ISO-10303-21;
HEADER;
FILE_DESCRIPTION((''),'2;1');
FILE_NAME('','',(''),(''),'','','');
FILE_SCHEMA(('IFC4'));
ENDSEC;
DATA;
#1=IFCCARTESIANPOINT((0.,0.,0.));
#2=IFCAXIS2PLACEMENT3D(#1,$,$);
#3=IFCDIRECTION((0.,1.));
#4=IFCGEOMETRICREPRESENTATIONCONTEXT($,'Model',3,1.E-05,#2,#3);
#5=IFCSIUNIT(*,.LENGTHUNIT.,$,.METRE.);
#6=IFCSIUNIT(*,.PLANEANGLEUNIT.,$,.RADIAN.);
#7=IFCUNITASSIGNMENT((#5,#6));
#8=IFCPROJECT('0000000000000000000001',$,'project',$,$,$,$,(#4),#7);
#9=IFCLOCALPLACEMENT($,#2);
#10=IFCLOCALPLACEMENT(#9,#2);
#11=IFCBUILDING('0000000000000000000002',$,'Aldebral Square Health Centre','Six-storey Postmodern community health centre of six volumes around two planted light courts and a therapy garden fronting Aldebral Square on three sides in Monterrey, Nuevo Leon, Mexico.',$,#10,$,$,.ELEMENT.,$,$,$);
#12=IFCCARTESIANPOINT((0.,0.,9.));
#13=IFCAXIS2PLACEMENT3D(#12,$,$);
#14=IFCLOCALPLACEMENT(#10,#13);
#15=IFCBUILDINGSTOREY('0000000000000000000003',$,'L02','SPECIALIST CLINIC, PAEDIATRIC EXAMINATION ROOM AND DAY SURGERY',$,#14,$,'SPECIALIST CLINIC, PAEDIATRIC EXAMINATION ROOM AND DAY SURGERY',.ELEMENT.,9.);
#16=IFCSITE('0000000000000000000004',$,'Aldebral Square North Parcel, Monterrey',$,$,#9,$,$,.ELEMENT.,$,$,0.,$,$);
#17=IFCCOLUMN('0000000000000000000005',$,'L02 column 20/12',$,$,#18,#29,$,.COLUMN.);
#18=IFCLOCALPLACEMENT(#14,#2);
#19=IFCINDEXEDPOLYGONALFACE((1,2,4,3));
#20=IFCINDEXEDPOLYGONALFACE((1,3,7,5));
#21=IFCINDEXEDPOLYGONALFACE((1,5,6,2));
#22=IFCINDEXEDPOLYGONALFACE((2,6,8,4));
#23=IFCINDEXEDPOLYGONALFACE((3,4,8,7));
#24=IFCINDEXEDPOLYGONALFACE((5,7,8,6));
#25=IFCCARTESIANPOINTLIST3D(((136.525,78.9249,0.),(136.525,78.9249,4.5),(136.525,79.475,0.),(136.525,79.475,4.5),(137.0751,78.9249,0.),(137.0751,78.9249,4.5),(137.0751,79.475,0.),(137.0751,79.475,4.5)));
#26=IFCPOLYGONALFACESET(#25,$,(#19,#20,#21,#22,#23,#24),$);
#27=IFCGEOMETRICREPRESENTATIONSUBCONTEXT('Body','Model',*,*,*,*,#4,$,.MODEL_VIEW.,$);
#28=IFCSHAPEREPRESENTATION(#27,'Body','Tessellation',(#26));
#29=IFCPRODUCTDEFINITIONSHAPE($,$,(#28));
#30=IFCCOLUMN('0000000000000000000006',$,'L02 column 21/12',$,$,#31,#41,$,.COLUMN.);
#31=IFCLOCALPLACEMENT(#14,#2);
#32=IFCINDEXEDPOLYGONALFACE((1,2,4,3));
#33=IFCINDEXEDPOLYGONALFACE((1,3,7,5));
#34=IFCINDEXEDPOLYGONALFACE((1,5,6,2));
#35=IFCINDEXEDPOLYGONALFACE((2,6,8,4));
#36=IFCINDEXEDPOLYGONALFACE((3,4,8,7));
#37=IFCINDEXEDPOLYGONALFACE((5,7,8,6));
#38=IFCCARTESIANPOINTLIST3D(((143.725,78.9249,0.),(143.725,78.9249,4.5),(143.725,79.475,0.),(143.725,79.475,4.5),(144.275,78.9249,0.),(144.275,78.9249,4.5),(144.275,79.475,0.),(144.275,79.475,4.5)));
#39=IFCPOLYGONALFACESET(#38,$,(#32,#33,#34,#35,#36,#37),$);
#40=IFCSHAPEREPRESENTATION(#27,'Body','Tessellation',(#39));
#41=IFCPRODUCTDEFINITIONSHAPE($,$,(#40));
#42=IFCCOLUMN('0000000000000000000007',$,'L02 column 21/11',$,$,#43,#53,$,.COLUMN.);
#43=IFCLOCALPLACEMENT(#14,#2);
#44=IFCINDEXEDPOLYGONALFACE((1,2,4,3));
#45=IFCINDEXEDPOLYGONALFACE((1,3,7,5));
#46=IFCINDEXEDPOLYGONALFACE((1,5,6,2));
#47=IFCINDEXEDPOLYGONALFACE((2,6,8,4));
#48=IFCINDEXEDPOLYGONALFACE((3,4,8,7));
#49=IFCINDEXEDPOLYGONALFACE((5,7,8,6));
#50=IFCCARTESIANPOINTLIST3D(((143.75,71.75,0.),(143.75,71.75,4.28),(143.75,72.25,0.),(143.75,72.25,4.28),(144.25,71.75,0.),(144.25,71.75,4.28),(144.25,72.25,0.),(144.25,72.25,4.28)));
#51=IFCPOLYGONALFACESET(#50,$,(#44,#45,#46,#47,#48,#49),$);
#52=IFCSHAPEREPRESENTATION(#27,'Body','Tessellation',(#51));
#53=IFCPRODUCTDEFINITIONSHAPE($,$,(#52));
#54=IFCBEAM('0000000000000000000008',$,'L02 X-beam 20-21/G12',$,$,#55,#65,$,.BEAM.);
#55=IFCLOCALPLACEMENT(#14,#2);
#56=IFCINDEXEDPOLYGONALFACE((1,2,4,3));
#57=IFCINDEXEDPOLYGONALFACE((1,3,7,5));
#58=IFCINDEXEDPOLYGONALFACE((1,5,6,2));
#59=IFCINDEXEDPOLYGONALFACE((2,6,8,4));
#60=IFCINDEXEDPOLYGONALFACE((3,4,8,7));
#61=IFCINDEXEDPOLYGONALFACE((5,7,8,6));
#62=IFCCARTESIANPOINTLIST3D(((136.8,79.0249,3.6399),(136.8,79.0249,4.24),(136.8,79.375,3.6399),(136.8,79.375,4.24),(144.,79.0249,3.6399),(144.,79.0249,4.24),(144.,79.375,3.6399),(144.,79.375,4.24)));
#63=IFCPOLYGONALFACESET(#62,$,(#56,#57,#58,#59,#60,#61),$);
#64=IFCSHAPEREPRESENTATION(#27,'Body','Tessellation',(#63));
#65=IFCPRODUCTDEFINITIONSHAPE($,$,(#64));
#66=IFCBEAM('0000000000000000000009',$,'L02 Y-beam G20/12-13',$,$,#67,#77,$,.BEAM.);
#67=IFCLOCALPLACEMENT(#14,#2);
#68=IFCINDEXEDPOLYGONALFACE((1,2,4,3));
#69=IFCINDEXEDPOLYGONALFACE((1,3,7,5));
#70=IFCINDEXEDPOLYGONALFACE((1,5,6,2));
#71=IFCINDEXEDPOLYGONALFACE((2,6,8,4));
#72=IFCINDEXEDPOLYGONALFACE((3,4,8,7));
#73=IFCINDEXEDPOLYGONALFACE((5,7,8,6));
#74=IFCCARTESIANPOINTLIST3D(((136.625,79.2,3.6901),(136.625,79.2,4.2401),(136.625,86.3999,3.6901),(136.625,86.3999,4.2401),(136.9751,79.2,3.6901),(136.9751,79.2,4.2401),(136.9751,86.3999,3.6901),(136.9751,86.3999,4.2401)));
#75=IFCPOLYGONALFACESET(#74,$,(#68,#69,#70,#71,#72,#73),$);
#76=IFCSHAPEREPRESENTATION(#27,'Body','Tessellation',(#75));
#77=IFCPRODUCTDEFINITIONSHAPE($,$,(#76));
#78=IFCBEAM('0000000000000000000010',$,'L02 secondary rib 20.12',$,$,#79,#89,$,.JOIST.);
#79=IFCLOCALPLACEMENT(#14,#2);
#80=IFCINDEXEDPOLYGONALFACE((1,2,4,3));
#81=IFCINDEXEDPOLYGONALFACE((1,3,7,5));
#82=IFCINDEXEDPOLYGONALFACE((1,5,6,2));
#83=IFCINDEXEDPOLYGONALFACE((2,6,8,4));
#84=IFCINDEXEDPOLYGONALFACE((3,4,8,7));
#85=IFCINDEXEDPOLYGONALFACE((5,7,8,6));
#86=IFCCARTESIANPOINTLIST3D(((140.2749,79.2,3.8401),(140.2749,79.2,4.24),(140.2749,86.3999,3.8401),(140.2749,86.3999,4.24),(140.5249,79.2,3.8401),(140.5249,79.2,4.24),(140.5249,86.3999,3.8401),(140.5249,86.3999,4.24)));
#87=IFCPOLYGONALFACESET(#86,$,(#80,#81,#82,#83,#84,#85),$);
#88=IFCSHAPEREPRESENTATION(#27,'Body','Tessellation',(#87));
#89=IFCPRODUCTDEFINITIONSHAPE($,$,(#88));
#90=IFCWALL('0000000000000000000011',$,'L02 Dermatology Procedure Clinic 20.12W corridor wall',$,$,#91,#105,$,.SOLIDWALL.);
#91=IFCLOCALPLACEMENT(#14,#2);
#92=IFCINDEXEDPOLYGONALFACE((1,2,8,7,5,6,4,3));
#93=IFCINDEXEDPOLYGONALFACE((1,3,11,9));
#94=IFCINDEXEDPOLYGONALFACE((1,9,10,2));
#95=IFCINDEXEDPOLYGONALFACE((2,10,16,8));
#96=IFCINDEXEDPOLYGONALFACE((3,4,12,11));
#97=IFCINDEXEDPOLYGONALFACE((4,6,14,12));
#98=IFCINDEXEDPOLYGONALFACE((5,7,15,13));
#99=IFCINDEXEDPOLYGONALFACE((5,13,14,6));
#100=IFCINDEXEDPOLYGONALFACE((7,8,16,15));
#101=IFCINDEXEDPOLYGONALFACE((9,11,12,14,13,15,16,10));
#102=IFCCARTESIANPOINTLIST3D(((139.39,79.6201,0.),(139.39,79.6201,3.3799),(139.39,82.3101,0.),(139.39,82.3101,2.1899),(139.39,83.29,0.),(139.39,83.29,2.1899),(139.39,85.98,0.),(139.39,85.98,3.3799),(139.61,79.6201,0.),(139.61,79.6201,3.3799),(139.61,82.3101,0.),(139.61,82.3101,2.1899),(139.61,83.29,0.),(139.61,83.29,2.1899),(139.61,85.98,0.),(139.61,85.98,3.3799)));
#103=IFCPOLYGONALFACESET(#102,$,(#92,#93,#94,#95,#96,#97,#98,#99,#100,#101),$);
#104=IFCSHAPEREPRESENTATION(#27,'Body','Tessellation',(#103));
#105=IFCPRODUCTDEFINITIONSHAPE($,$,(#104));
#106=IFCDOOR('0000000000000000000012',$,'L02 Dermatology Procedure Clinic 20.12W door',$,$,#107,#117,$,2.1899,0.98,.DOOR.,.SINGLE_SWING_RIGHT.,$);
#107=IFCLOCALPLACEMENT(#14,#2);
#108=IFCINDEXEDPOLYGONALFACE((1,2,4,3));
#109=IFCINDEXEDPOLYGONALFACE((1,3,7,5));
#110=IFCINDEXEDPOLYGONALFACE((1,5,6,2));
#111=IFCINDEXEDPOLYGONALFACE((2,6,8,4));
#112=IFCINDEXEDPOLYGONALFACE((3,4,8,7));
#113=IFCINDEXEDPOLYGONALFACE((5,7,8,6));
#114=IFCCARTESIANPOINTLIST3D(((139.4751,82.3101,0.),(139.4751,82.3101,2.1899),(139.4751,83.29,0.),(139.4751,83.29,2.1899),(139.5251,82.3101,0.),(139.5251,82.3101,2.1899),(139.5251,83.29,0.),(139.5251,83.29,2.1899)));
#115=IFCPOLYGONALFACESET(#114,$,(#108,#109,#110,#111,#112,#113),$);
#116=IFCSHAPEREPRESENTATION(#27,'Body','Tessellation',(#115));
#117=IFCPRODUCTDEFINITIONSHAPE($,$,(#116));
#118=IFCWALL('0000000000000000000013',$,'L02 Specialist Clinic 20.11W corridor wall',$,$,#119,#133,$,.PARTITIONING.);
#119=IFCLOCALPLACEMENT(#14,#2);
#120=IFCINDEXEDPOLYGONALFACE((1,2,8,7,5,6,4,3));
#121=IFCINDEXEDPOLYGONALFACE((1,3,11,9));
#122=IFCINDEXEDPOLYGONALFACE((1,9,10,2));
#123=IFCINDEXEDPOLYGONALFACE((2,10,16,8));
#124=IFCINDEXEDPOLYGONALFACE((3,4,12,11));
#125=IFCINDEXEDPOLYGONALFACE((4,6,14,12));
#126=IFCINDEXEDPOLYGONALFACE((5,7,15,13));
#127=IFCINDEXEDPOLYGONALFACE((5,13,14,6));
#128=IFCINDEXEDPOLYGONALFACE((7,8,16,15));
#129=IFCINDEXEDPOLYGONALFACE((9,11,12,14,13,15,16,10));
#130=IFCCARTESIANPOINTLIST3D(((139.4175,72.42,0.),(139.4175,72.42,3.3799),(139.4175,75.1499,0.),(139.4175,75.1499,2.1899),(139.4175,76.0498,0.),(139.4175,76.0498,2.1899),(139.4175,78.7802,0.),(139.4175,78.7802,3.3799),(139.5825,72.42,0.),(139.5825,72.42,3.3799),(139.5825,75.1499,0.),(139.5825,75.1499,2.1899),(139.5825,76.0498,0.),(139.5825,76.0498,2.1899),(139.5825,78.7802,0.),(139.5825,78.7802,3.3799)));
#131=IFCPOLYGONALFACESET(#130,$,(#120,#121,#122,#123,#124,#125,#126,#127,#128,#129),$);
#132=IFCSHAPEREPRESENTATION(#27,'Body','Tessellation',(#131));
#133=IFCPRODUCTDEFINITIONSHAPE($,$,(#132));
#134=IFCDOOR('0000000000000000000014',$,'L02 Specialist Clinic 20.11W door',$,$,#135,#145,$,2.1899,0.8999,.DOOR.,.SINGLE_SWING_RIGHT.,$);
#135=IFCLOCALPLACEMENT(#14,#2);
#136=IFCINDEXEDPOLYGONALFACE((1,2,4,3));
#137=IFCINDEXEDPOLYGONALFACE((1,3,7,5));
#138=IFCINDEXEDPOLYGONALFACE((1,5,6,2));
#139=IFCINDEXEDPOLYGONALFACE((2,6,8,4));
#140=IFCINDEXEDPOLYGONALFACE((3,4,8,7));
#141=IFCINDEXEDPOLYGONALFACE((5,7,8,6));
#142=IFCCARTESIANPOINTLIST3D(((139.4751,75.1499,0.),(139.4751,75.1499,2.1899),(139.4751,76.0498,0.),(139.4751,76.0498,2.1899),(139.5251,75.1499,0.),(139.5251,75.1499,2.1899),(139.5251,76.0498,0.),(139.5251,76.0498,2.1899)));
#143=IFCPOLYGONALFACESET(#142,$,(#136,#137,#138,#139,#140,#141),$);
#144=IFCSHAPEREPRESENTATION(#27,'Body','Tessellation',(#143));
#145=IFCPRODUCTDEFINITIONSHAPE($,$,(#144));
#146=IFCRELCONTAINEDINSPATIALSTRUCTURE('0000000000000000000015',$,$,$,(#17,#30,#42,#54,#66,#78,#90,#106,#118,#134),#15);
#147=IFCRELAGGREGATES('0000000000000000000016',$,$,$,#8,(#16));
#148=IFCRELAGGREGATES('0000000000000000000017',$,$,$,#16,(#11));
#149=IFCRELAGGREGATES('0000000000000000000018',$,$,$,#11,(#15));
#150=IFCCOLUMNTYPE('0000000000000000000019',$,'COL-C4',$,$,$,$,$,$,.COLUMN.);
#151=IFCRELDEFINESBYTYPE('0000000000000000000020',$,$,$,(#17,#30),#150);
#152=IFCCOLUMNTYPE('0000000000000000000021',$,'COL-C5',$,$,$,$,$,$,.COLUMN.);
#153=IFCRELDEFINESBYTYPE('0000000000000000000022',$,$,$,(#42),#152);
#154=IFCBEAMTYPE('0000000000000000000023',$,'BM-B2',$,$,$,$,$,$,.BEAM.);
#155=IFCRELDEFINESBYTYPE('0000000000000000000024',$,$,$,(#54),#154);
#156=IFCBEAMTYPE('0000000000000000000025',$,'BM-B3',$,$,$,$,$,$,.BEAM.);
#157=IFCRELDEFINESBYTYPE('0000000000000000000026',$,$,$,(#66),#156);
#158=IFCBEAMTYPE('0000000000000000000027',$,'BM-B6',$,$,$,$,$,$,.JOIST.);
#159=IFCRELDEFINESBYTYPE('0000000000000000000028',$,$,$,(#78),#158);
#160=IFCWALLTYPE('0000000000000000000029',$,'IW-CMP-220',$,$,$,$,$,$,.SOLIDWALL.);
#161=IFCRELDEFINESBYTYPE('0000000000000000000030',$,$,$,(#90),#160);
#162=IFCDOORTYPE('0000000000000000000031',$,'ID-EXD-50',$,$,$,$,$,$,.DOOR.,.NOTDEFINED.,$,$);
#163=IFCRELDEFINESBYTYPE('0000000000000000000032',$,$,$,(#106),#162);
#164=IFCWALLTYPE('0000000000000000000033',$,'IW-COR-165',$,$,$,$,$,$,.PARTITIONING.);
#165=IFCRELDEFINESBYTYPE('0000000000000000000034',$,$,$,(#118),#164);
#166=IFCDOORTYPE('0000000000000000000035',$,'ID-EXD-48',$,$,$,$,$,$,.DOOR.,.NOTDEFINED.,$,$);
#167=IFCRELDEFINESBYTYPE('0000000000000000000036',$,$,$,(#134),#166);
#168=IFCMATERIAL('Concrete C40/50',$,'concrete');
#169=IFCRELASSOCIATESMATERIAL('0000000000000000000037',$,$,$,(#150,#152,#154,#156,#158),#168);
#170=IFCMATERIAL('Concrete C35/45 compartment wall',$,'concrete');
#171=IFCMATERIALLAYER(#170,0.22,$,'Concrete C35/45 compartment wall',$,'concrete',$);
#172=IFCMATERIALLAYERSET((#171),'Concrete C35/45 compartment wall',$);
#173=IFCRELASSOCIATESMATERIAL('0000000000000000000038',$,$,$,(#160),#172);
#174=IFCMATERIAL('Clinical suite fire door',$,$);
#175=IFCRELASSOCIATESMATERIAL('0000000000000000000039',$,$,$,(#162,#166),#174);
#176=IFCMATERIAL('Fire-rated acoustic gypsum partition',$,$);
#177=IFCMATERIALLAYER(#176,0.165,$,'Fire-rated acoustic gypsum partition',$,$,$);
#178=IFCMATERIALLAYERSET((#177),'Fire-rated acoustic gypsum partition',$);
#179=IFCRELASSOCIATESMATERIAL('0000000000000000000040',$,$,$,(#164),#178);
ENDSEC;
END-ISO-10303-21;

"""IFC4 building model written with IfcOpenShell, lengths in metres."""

from ifc_helpers import new_model, si_unit, direction, frame, frame_2d, origin, origin_2d, place, context, subcontext, project, spatial, rectangle, extrude, material, layer, layer_set, material_profile, profile_set, type_object, element, fill, save


model = new_model("IFC4")

# Units and contexts
model_context = context("Model", 3, precision=1e-05, world=origin(), true_north=direction((0.0, 1.0)))
body_context = subcontext(model_context, "Body", "Model", "MODEL_VIEW")
ifc_project = project(units=[si_unit("LENGTHUNIT", "METRE"), si_unit("PLANEANGLEUNIT", "RADIAN")], contexts=[model_context])

# Site, building, storey
site_placement = place(None, origin())
site = spatial("IfcSite", under=ifc_project, at=site_placement, Name="Aldebral Square North Parcel, Monterrey", CompositionType="ELEMENT", RefElevation=0.0)
building_placement = place(site_placement, origin())
building = spatial("IfcBuilding", under=site, at=building_placement, Name="Aldebral Square Health Centre", Description="Six-storey Postmodern community health centre of six volumes around two planted light courts and a therapy garden fronting Aldebral Square on three sides in Monterrey, Nuevo Leon, Mexico.", CompositionType="ELEMENT")
storey_placement = place(building_placement, frame((0.0, 0.0, 9.0)))
storey = spatial("IfcBuildingStorey", under=building, at=storey_placement, Name="L02", Description="SPECIALIST CLINIC, PAEDIATRIC EXAMINATION ROOM AND DAY SURGERY", LongName="SPECIALIST CLINIC, PAEDIATRIC EXAMINATION ROOM AND DAY SURGERY", CompositionType="ELEMENT", Elevation=9.0)

# Columns
ifc_material_1 = material(Name="Concrete C40/50", Category="concrete")
ifc_material_profile_1 = material_profile(ifc_material_1, rectangle(XDim=0.55, YDim=0.55, at=origin_2d()), Name="RC 550x550")
ifc_profile_set_1 = profile_set([ifc_material_profile_1], Name="Concrete C40/50")
column_type_1 = type_object("IfcColumnType", Name="COL-C4", PredefinedType="COLUMN", material=ifc_profile_set_1)
for number, where, z_axis, x_axis, name in (
    (1, (136.8, 79.2, 0.0), (0.0, 0.0, 1.0), (1.0, 0.0, 0.0), "L02 column 20/12"),
    (2, (144.0, 79.2, 0.0), (0.0, 0.0, 1.0), (1.0, 0.0, 0.0), "L02 column 21/12"),
):
    element("IfcColumn", number, at=place(storey_placement, frame(where, z_axis=z_axis, x_axis=x_axis)), inside=storey, type_object=column_type_1, Name=name, PredefinedType="COLUMN", context=body_context, shape_type="SweptSolid", body=[
        extrude(rectangle(XDim=0.55, YDim=0.55, at=origin_2d()), origin(), (0.0, 0.0, 1.0), 4.5),
    ])
ifc_material_profile_2 = material_profile(ifc_material_1, rectangle(XDim=0.5, YDim=0.5, at=origin_2d()), Name="RC 500x500")
ifc_profile_set_2 = profile_set([ifc_material_profile_2], Name="Concrete C40/50")
column_type_2 = type_object("IfcColumnType", Name="COL-C5", PredefinedType="COLUMN", material=ifc_profile_set_2)
column_placement = place(storey_placement, frame((144.0, 72.0, 0.0), z_axis=(0.0, 0.0, 1.0), x_axis=(1.0, 0.0, 0.0)))
element("IfcColumn", 3, at=column_placement, inside=storey, type_object=column_type_2, Name="L02 column 21/11", PredefinedType="COLUMN", context=body_context, shape_type="SweptSolid", body=[
    extrude(rectangle(XDim=0.5, YDim=0.5, at=origin_2d()), origin(), (0.0, 0.0, 1.0), 4.28),
])

# Beams
ifc_material_profile_3 = material_profile(ifc_material_1, rectangle(XDim=0.3501, YDim=0.6001, at=origin_2d()), Name="RC 350x600")
ifc_profile_set_3 = profile_set([ifc_material_profile_3], Name="Concrete C40/50")
beam_type_1 = type_object("IfcBeamType", Name="BM-B2", PredefinedType="BEAM", material=ifc_profile_set_3)
beam_1_placement = place(storey_placement, frame((136.8, 79.2, 3.9399), z_axis=(1.0, 0.0, 0.0), x_axis=(0.0, 1.0, 0.0)))
element("IfcBeam", 4, at=beam_1_placement, inside=storey, type_object=beam_type_1, Name="L02 X-beam 20-21/G12", PredefinedType="BEAM", context=body_context, shape_type="SweptSolid", body=[
    extrude(rectangle(XDim=0.3501, YDim=0.6001, at=origin_2d()), origin(), (0.0, 0.0, 1.0), 7.2),
])
ifc_material_profile_4 = material_profile(ifc_material_1, rectangle(XDim=0.3501, YDim=0.55, at=origin_2d()), Name="RC 350x550")
ifc_profile_set_4 = profile_set([ifc_material_profile_4], Name="Concrete C40/50")
beam_type_2 = type_object("IfcBeamType", Name="BM-B3", PredefinedType="BEAM", material=ifc_profile_set_4)
beam_2_placement = place(storey_placement, frame((136.8, 79.2, 3.9651), z_axis=(0.0, 1.0, 0.0), x_axis=(-1.0, 0.0, 0.0)))
element("IfcBeam", 5, at=beam_2_placement, inside=storey, type_object=beam_type_2, Name="L02 Y-beam G20/12-13", PredefinedType="BEAM", context=body_context, shape_type="SweptSolid", body=[
    extrude(rectangle(XDim=0.3501, YDim=0.55, at=origin_2d()), origin(), (0.0, 0.0, 1.0), 7.2),
])
ifc_material_profile_5 = material_profile(ifc_material_1, rectangle(XDim=0.25, YDim=0.3999, at=origin_2d()), Name="RC 250x400")
ifc_profile_set_5 = profile_set([ifc_material_profile_5], Name="Concrete C40/50")
beam_type_3 = type_object("IfcBeamType", Name="BM-B6", PredefinedType="JOIST", material=ifc_profile_set_5)
beam_3_placement = place(storey_placement, frame((140.3999, 79.2, 4.04), z_axis=(0.0, 1.0, 0.0), x_axis=(-1.0, 0.0, 0.0)))
element("IfcBeam", 6, at=beam_3_placement, inside=storey, type_object=beam_type_3, Name="L02 secondary rib 20.12", PredefinedType="JOIST", context=body_context, shape_type="SweptSolid", body=[
    extrude(rectangle(XDim=0.25, YDim=0.3999, at=origin_2d()), origin(), (0.0, 0.0, 1.0), 7.2),
])

# Walls, openings, doors
ifc_material_2 = material(Name="Concrete C35/45 compartment wall", Category="concrete")
ifc_layer_1 = layer(ifc_material_2, 0.22, Name="Concrete C35/45 compartment wall", Category="concrete")
ifc_layer_set_1 = layer_set([ifc_layer_1], Name="Concrete C35/45 compartment wall")
wall_type_1 = type_object("IfcWallType", Name="IW-CMP-220", PredefinedType="SOLIDWALL", material=ifc_layer_set_1)
wall_1_placement = place(storey_placement, frame((139.5, 79.6201, 0.0), z_axis=(0.0, 0.0, 1.0), x_axis=(0.0, 1.0, 0.0)))
wall_1 = element("IfcWall", 7, at=wall_1_placement, inside=storey, type_object=wall_type_1, Name="L02 Dermatology Procedure Clinic 20.12W corridor wall", PredefinedType="SOLIDWALL", context=body_context, shape_type="SweptSolid", body=[
    extrude(rectangle(XDim=6.3599, YDim=0.22, at=frame_2d((3.1799, 0.0))), origin(), (0.0, 0.0, 1.0), 3.3799),
])
opening_1_placement = place(wall_1_placement, frame((2.6899, 0.0, 0.0)))
opening_1 = element("IfcOpeningElement", 8, at=opening_1_placement, cuts=wall_1, PredefinedType="OPENING", context=body_context, shape_type="SweptSolid", body=[
    extrude(rectangle(XDim=0.98, YDim=2.1899, at=frame_2d((0.49, 1.095))), frame((0.0, 0.1201, 0.0), z_axis=(0.0, -1.0, 0.0), x_axis=(1.0, 0.0, 0.0)), (0.0, 0.0, 1.0), 0.24),
])
ifc_material_3 = material(Name="Clinical suite fire door")
door_type_1 = type_object("IfcDoorType", Name="ID-EXD-50", OperationType="NOTDEFINED", PredefinedType="DOOR", material=ifc_material_3)
door_1_placement = place(opening_1_placement, origin())
door_1 = element("IfcDoor", 9, at=door_1_placement, inside=storey, type_object=door_type_1, Name="L02 Dermatology Procedure Clinic 20.12W door", OperationType="SINGLE_SWING_RIGHT", OverallHeight=2.1899, OverallWidth=0.98, PredefinedType="DOOR", context=body_context, shape_type="SweptSolid", body=[
    extrude(rectangle(XDim=0.98, YDim=2.1899, at=frame_2d((0.49, 1.095))), frame((0.0, 0.0249, 0.0), z_axis=(0.0, -1.0, 0.0), x_axis=(1.0, 0.0, 0.0)), (0.0, 0.0, 1.0), 0.05),
])
fill(opening_1, door_1)
ifc_material_4 = material(Name="Fire-rated acoustic gypsum partition")
ifc_layer_2 = layer(ifc_material_4, 0.165, Name="Fire-rated acoustic gypsum partition")
ifc_layer_set_2 = layer_set([ifc_layer_2], Name="Fire-rated acoustic gypsum partition")
wall_type_2 = type_object("IfcWallType", Name="IW-COR-165", PredefinedType="PARTITIONING", material=ifc_layer_set_2)
wall_2_placement = place(storey_placement, frame((139.5, 72.4199, 0.0), z_axis=(0.0, 0.0, 1.0), x_axis=(0.0, 1.0, 0.0)))
wall_2 = element("IfcWall", 10, at=wall_2_placement, inside=storey, type_object=wall_type_2, Name="L02 Specialist Clinic 20.11W corridor wall", PredefinedType="PARTITIONING", context=body_context, shape_type="SweptSolid", body=[
    extrude(rectangle(XDim=6.3601, YDim=0.165, at=frame_2d((3.1802, 0.0))), origin(), (0.0, 0.0, 1.0), 3.3799),
])
opening_2_placement = place(wall_2_placement, frame((2.73, 0.0, 0.0)))
opening_2 = element("IfcOpeningElement", 11, at=opening_2_placement, cuts=wall_2, PredefinedType="OPENING", context=body_context, shape_type="SweptSolid", body=[
    extrude(rectangle(XDim=0.8999, YDim=2.1899, at=frame_2d((0.45, 1.095))), frame((0.0, 0.0925, 0.0), z_axis=(0.0, -1.0, 0.0), x_axis=(1.0, 0.0, 0.0)), (0.0, 0.0, 1.0), 0.1851),
])
door_type_2 = type_object("IfcDoorType", Name="ID-EXD-48", OperationType="NOTDEFINED", PredefinedType="DOOR", material=ifc_material_3)
door_2_placement = place(opening_2_placement, origin())
door_2 = element("IfcDoor", 12, at=door_2_placement, inside=storey, type_object=door_type_2, Name="L02 Specialist Clinic 20.11W door", OperationType="SINGLE_SWING_RIGHT", OverallHeight=2.1899, OverallWidth=0.8999, PredefinedType="DOOR", context=body_context, shape_type="SweptSolid", body=[
    extrude(rectangle(XDim=0.8999, YDim=2.1899, at=frame_2d((0.45, 1.095))), frame((0.0, 0.0249, 0.0), z_axis=(0.0, -1.0, 0.0), x_axis=(1.0, 0.0, 0.0)), (0.0, 0.0, 1.0), 0.05),
])
fill(opening_2, door_2)

save(model, "model.ifc")
